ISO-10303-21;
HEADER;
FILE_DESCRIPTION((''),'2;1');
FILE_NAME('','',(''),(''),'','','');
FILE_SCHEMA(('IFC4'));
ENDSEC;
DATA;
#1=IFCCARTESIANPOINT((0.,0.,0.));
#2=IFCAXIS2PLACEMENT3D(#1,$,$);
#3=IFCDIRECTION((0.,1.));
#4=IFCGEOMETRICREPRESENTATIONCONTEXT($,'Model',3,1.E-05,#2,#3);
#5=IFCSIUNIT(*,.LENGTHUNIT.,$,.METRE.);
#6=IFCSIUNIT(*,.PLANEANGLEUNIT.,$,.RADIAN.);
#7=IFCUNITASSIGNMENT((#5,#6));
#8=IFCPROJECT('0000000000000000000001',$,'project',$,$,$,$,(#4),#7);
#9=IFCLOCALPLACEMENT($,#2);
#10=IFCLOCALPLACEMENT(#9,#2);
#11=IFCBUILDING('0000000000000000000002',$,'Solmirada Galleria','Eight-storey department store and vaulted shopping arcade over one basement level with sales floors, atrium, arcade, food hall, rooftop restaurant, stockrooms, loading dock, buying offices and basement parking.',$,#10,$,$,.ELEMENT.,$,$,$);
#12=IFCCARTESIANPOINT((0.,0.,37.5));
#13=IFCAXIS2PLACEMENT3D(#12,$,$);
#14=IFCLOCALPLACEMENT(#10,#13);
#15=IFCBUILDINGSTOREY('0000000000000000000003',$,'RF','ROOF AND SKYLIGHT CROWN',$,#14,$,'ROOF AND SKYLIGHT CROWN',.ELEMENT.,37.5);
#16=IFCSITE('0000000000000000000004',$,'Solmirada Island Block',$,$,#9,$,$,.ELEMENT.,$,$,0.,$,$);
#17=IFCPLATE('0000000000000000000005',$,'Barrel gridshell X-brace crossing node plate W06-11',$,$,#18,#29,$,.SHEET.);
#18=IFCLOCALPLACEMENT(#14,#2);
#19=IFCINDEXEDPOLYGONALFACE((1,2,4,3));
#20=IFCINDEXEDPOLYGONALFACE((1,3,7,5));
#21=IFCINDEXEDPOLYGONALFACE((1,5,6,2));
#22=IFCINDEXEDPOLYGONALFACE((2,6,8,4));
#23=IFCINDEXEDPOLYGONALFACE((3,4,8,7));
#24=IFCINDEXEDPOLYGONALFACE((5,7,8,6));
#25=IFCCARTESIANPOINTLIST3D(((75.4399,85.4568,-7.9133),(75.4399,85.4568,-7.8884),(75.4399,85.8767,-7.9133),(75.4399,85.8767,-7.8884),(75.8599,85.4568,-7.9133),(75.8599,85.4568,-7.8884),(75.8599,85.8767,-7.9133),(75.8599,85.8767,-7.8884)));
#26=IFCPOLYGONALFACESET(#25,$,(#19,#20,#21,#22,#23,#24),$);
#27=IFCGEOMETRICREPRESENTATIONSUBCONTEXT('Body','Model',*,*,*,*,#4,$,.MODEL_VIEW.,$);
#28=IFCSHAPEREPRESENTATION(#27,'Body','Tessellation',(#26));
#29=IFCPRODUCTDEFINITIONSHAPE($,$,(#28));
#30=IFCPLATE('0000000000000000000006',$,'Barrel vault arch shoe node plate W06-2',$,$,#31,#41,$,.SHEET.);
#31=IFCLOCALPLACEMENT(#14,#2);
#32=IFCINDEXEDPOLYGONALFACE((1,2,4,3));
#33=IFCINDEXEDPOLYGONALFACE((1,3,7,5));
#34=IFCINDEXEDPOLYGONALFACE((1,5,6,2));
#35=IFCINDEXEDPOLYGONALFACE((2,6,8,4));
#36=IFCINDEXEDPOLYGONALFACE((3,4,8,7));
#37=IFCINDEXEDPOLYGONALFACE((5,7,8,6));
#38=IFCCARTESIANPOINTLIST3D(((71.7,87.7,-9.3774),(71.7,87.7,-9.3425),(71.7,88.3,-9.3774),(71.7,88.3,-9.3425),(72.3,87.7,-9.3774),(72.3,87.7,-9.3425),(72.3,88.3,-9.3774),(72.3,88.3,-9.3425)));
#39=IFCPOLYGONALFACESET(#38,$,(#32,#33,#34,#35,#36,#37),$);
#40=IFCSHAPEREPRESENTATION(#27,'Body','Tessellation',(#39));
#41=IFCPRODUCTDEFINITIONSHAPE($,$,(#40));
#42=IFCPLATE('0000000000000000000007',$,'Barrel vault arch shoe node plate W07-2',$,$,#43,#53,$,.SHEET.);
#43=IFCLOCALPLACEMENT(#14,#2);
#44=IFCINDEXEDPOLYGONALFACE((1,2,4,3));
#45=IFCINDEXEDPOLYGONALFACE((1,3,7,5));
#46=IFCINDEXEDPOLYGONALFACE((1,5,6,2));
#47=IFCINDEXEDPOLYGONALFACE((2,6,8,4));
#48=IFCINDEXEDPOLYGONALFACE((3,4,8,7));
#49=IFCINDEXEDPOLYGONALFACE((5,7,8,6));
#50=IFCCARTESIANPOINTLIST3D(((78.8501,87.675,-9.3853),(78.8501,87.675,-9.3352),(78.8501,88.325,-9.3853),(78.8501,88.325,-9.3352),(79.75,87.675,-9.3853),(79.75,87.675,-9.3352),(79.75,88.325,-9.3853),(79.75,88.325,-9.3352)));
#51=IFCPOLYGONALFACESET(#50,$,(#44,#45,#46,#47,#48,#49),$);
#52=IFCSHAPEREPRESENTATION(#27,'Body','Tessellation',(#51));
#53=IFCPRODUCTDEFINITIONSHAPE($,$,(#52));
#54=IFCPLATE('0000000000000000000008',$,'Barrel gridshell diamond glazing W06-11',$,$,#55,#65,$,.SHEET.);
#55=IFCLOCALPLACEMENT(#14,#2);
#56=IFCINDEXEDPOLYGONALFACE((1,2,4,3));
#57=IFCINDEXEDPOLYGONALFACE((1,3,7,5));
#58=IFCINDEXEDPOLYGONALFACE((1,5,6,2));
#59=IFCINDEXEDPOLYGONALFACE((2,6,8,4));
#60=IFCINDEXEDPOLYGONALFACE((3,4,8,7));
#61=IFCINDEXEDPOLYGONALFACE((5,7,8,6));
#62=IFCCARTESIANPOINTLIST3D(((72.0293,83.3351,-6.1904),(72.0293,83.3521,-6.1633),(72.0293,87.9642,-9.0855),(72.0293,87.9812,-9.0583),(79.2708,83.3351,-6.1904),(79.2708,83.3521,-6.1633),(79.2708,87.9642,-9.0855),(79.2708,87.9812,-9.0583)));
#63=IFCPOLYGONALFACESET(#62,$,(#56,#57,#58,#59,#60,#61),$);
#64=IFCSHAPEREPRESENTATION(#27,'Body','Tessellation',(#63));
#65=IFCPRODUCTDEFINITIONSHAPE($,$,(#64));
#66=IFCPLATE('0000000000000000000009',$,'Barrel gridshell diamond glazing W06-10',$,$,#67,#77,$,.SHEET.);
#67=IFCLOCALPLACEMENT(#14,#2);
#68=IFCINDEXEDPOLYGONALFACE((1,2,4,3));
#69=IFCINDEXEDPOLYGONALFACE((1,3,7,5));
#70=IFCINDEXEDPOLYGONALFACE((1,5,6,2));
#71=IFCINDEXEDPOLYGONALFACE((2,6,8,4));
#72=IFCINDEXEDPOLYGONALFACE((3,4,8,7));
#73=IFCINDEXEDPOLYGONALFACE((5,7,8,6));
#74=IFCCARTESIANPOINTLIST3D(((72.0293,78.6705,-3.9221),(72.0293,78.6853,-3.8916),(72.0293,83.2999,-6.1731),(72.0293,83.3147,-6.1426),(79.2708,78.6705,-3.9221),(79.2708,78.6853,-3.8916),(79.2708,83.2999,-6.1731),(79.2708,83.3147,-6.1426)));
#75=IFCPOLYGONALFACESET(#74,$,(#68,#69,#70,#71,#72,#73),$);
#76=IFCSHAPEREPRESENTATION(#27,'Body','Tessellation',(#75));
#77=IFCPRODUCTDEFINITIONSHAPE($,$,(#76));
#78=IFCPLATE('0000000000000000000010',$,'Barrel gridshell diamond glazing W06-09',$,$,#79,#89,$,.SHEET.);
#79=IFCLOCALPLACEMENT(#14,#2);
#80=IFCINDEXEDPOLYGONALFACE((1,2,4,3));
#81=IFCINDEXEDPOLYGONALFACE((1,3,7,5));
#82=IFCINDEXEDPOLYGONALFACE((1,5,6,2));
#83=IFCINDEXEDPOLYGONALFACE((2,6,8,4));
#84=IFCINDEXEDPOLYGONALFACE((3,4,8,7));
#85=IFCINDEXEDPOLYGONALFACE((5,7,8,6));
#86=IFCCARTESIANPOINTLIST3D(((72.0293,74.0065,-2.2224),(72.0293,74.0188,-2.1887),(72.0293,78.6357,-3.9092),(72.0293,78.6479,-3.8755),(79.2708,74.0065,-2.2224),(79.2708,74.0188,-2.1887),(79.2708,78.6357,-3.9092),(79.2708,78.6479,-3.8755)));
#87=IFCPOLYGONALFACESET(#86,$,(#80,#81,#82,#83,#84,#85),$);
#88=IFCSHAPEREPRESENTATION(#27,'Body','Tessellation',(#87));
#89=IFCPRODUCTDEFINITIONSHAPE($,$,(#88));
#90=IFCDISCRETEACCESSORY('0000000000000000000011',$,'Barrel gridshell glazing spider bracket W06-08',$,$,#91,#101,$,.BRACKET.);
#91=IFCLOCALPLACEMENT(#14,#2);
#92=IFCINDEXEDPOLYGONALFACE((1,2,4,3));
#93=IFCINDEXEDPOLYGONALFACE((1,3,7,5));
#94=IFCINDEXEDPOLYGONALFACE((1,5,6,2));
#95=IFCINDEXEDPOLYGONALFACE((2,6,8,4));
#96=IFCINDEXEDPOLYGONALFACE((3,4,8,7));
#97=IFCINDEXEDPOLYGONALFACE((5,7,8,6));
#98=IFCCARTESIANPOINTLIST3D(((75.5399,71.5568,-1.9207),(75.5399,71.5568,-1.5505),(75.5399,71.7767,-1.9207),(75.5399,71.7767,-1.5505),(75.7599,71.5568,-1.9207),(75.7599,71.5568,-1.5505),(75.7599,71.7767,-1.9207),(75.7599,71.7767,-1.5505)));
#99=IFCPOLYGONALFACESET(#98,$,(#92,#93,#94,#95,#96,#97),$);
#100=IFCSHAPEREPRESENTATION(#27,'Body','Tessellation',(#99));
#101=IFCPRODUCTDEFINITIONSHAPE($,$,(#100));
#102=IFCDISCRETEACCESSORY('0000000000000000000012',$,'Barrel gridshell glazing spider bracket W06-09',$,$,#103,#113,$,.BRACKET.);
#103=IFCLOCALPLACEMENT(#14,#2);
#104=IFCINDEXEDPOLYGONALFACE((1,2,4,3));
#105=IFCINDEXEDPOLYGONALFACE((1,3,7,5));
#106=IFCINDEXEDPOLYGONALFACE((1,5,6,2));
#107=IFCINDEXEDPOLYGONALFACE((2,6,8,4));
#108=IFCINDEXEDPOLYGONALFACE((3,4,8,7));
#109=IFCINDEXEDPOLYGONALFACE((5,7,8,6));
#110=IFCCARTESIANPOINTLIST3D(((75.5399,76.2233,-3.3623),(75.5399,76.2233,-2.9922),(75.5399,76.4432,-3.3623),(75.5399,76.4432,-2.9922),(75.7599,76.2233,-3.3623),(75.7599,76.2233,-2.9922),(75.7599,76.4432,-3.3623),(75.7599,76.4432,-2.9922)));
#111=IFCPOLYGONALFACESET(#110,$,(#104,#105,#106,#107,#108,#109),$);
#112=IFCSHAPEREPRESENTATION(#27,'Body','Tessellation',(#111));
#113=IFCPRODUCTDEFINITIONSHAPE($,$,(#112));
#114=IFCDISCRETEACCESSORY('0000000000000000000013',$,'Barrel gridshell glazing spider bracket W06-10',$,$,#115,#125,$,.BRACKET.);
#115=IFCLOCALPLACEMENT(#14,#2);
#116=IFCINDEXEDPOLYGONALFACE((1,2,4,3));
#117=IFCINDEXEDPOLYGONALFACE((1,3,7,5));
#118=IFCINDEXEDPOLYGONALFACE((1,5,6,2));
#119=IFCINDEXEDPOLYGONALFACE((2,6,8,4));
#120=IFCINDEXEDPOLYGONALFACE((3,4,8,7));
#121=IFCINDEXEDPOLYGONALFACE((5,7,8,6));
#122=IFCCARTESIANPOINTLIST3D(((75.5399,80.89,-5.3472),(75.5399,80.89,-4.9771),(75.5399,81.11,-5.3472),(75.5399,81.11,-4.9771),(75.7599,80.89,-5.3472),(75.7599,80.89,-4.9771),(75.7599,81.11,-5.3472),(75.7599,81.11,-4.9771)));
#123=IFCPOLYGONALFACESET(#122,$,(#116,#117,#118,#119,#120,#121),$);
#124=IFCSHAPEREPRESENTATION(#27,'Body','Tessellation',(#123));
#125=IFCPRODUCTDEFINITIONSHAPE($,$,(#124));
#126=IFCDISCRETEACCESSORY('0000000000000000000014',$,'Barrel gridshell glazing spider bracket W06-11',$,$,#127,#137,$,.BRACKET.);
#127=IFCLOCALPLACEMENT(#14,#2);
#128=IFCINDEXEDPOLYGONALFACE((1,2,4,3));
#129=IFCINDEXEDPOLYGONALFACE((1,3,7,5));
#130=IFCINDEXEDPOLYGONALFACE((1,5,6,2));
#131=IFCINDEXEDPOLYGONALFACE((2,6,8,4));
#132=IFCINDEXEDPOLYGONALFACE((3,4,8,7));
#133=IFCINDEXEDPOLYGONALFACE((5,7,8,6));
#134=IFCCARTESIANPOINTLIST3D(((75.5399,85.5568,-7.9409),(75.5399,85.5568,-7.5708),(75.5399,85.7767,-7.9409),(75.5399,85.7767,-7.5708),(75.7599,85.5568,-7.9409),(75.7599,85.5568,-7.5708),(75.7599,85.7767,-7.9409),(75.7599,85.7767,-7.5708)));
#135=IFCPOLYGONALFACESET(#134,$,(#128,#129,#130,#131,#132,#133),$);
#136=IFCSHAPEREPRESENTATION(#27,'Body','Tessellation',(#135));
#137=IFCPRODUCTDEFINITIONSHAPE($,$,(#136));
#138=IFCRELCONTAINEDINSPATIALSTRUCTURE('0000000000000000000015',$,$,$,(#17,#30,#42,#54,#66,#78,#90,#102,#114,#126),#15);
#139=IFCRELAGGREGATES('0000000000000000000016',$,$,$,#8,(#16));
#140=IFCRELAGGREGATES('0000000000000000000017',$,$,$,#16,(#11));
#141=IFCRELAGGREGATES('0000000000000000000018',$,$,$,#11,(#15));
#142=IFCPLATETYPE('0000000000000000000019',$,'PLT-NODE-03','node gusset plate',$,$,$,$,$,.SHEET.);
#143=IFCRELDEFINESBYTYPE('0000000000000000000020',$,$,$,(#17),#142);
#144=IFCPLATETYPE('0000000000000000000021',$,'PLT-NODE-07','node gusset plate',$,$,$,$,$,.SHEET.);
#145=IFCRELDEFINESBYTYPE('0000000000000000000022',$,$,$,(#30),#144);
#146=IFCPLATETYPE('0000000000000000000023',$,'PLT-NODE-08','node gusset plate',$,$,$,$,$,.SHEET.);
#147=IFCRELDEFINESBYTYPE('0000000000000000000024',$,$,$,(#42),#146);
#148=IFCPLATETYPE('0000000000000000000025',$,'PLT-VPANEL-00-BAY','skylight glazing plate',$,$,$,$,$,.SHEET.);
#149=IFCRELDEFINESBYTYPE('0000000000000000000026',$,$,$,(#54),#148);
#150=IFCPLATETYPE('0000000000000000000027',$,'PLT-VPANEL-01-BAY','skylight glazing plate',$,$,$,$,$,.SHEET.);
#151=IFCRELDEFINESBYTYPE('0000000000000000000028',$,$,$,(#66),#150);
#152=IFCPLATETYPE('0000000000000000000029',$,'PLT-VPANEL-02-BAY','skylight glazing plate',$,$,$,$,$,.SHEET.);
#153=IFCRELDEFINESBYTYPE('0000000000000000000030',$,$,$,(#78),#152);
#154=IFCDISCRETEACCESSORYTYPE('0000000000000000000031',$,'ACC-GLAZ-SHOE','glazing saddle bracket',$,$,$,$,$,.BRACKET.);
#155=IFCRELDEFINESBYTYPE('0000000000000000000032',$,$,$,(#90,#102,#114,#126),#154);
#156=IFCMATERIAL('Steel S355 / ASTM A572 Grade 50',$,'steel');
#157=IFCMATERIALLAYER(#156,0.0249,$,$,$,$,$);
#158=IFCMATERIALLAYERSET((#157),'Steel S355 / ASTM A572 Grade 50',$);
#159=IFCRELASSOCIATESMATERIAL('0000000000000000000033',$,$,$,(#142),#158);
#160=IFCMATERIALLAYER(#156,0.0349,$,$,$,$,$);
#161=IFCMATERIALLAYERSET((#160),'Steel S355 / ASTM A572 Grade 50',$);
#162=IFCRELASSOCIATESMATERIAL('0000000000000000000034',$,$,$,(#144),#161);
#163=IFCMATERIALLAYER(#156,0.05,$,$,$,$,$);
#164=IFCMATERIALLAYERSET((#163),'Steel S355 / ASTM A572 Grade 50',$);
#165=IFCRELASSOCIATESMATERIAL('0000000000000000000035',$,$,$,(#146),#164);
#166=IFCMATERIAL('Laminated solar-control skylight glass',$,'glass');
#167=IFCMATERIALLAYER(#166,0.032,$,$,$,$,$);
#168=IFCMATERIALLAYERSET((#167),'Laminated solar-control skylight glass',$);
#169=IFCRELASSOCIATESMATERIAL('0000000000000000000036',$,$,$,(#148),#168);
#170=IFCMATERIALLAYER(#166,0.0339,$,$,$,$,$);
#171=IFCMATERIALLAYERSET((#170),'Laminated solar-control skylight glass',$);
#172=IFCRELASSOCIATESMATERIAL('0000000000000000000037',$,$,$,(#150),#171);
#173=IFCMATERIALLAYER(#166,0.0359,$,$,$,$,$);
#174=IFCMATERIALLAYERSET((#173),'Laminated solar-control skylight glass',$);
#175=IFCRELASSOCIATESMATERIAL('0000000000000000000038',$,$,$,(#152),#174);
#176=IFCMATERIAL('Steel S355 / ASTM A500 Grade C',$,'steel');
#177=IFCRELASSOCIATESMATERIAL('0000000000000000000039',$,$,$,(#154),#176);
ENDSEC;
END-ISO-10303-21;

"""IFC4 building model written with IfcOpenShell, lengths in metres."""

from ifc_helpers import new_model, si_unit, direction, frame, origin, origin_2d, place, context, subcontext, project, spatial, polyline, rectangle, outline, extrude, material, layer, layer_set, type_object, element, save


model = new_model("IFC4")

# Units and contexts
model_context = context("Model", 3, precision=1e-05, world=origin(), true_north=direction((0.0, 1.0)))
body_context = subcontext(model_context, "Body", "Model", "MODEL_VIEW")
ifc_project = project(units=[si_unit("LENGTHUNIT", "METRE"), si_unit("PLANEANGLEUNIT", "RADIAN")], contexts=[model_context])

# Site, building, storey
site_placement = place(None, origin())
site = spatial("IfcSite", under=ifc_project, at=site_placement, Name="Solmirada Island Block", CompositionType="ELEMENT", RefElevation=0.0)
building_placement = place(site_placement, origin())
building = spatial("IfcBuilding", under=site, at=building_placement, Name="Solmirada Galleria", Description="Eight-storey department store and vaulted shopping arcade over one basement level with sales floors, atrium, arcade, food hall, rooftop restaurant, stockrooms, loading dock, buying offices and basement parking.", CompositionType="ELEMENT")
storey_placement = place(building_placement, frame((0.0, 0.0, 37.5)))
storey = spatial("IfcBuildingStorey", under=building, at=storey_placement, Name="RF", Description="ROOF AND SKYLIGHT CROWN", LongName="ROOF AND SKYLIGHT CROWN", CompositionType="ELEMENT", Elevation=37.5)

# Shared definitions
ifc_material_1 = material(Name="Steel S355 / ASTM A500 Grade C", Category="steel")

# Plates
ifc_material_2 = material(Name="Steel S355 / ASTM A572 Grade 50", Category="steel")
ifc_layer_1 = layer(ifc_material_2, 0.0249)
ifc_layer_set_1 = layer_set([ifc_layer_1], Name="Steel S355 / ASTM A572 Grade 50")
plate_type_1 = type_object("IfcPlateType", Name="PLT-NODE-03", Description="node gusset plate", PredefinedType="SHEET", material=ifc_layer_set_1)
for number, where, z_axis, x_axis, name in (
    (1, (75.6499, 85.6667, -7.9133), (0.0, 0.0, 1.0), (1.0, 0.0, 0.0), "Barrel gridshell X-brace crossing node plate W06-11"),
):
    element("IfcPlate", number, at=place(storey_placement, frame(where, z_axis=z_axis, x_axis=x_axis)), inside=storey, type_object=plate_type_1, Name=name, PredefinedType="SHEET", context=body_context, shape_type="SweptSolid", body=[
        extrude(rectangle(XDim=0.4199, YDim=0.4199, at=origin_2d()), origin(), (0.0, 0.0, 1.0), 0.0249),
    ])
ifc_layer_2 = layer(ifc_material_2, 0.0349)
ifc_layer_set_2 = layer_set([ifc_layer_2], Name="Steel S355 / ASTM A572 Grade 50")
plate_type_2 = type_object("IfcPlateType", Name="PLT-NODE-07", Description="node gusset plate", PredefinedType="SHEET", material=ifc_layer_set_2)
plate_1_placement = place(storey_placement, frame((72.0, 88.0, -9.3774), z_axis=(0.0, 0.0, 1.0), x_axis=(1.0, 0.0, 0.0)))
element("IfcPlate", 2, at=plate_1_placement, inside=storey, type_object=plate_type_2, Name="Barrel vault arch shoe node plate W06-2", PredefinedType="SHEET", context=body_context, shape_type="SweptSolid", body=[
    extrude(rectangle(XDim=0.6001, YDim=0.6001, at=origin_2d()), origin(), (0.0, 0.0, 1.0), 0.0349),
])
ifc_layer_3 = layer(ifc_material_2, 0.05)
ifc_layer_set_3 = layer_set([ifc_layer_3], Name="Steel S355 / ASTM A572 Grade 50")
plate_type_3 = type_object("IfcPlateType", Name="PLT-NODE-08", Description="node gusset plate", PredefinedType="SHEET", material=ifc_layer_set_3)
plate_2_placement = place(storey_placement, frame((79.3, 88.0, -9.3853), z_axis=(0.0, 0.0, 1.0), x_axis=(1.0, 0.0, 0.0)))
element("IfcPlate", 3, at=plate_2_placement, inside=storey, type_object=plate_type_3, Name="Barrel vault arch shoe node plate W07-2", PredefinedType="SHEET", context=body_context, shape_type="SweptSolid", body=[
    extrude(rectangle(XDim=0.8999, YDim=0.6499, at=origin_2d()), origin(), (0.0, 0.0, 1.0), 0.05),
])
ifc_material_3 = material(Name="Laminated solar-control skylight glass", Category="glass")
ifc_layer_4 = layer(ifc_material_3, 0.032)
ifc_layer_set_4 = layer_set([ifc_layer_4], Name="Laminated solar-control skylight glass")
plate_type_4 = type_object("IfcPlateType", Name="PLT-VPANEL-00-BAY", Description="skylight glazing plate", PredefinedType="SHEET", material=ifc_layer_set_4)
plate_3_placement = place(storey_placement, frame((72.0293, 83.3521, -6.1633), z_axis=(0.0, 0.530236, 0.84785), x_axis=(1.0, 0.0, 0.0)))
element("IfcPlate", 4, at=plate_3_placement, inside=storey, type_object=plate_type_4, Name="Barrel gridshell diamond glazing W06-11", PredefinedType="SHEET", context=body_context, shape_type="SweptSolid", body=[
    extrude(outline(polyline([(0.0, 0.0), (7.2415, 0.0), (7.2415, 5.4599), (0.0, 5.4599), (0.0, 0.0)])), origin(), (0.0, 0.0, -1.0), 0.032),
])
ifc_layer_5 = layer(ifc_material_3, 0.0339)
ifc_layer_set_5 = layer_set([ifc_layer_5], Name="Laminated solar-control skylight glass")
plate_type_5 = type_object("IfcPlateType", Name="PLT-VPANEL-01-BAY", Description="skylight glazing plate", PredefinedType="SHEET", material=ifc_layer_set_5)
plate_4_placement = place(storey_placement, frame((72.0293, 78.6853, -3.8916), z_axis=(0.0, 0.437283, 0.899324), x_axis=(1.0, 0.0, 0.0)))
element("IfcPlate", 5, at=plate_4_placement, inside=storey, type_object=plate_type_5, Name="Barrel gridshell diamond glazing W06-10", PredefinedType="SHEET", context=body_context, shape_type="SweptSolid", body=[
    extrude(outline(polyline([(0.0, 0.0), (7.2415, 0.0), (7.2415, 5.1476), (0.0, 5.1476), (0.0, 0.0)])), origin(), (0.0, 0.0, -1.0), 0.0339),
])
ifc_layer_6 = layer(ifc_material_3, 0.0359)
ifc_layer_set_6 = layer_set([ifc_layer_6], Name="Laminated solar-control skylight glass")
plate_type_6 = type_object("IfcPlateType", Name="PLT-VPANEL-02-BAY", Description="skylight glazing plate", PredefinedType="SHEET", material=ifc_layer_set_6)
plate_5_placement = place(storey_placement, frame((72.0293, 74.0188, -2.1887), z_axis=(0.0, 0.34236, 0.939569), x_axis=(1.0, 0.0, 0.0)))
element("IfcPlate", 6, at=plate_5_placement, inside=storey, type_object=plate_type_6, Name="Barrel gridshell diamond glazing W06-09", PredefinedType="SHEET", context=body_context, shape_type="SweptSolid", body=[
    extrude(outline(polyline([(0.0, 0.0), (7.2415, 0.0), (7.2415, 4.9269), (0.0, 4.9269), (0.0, 0.0)])), origin(), (0.0, 0.0, -1.0), 0.0359),
])

# Discrete accessories
discrete_accessory_type = type_object("IfcDiscreteAccessoryType", Name="ACC-GLAZ-SHOE", Description="glazing saddle bracket", PredefinedType="BRACKET", material=ifc_material_1)
for number, where, z_axis, x_axis, name in (
    (7, (75.6499, 71.6667, -1.9207), (0.0, 0.0, 1.0), (1.0, 0.0, 0.0), "Barrel gridshell glazing spider bracket W06-08"),
    (8, (75.6499, 76.3333, -3.3623), (0.0, 0.0, 1.0), (1.0, 0.0, 0.0), "Barrel gridshell glazing spider bracket W06-09"),
    (9, (75.6499, 81.0, -5.3472), (0.0, 0.0, 1.0), (1.0, 0.0, 0.0), "Barrel gridshell glazing spider bracket W06-10"),
    (10, (75.6499, 85.6667, -7.9409), (0.0, 0.0, 1.0), (1.0, 0.0, 0.0), "Barrel gridshell glazing spider bracket W06-11"),
):
    element("IfcDiscreteAccessory", number, at=place(storey_placement, frame(where, z_axis=z_axis, x_axis=x_axis)), inside=storey, type_object=discrete_accessory_type, Name=name, PredefinedType="BRACKET", context=body_context, shape_type="SweptSolid", body=[
        extrude(rectangle(XDim=0.22, YDim=0.22, at=origin_2d()), origin(), (0.0, 0.0, 1.0), 0.3701),
    ])

save(model, "model.ifc")
